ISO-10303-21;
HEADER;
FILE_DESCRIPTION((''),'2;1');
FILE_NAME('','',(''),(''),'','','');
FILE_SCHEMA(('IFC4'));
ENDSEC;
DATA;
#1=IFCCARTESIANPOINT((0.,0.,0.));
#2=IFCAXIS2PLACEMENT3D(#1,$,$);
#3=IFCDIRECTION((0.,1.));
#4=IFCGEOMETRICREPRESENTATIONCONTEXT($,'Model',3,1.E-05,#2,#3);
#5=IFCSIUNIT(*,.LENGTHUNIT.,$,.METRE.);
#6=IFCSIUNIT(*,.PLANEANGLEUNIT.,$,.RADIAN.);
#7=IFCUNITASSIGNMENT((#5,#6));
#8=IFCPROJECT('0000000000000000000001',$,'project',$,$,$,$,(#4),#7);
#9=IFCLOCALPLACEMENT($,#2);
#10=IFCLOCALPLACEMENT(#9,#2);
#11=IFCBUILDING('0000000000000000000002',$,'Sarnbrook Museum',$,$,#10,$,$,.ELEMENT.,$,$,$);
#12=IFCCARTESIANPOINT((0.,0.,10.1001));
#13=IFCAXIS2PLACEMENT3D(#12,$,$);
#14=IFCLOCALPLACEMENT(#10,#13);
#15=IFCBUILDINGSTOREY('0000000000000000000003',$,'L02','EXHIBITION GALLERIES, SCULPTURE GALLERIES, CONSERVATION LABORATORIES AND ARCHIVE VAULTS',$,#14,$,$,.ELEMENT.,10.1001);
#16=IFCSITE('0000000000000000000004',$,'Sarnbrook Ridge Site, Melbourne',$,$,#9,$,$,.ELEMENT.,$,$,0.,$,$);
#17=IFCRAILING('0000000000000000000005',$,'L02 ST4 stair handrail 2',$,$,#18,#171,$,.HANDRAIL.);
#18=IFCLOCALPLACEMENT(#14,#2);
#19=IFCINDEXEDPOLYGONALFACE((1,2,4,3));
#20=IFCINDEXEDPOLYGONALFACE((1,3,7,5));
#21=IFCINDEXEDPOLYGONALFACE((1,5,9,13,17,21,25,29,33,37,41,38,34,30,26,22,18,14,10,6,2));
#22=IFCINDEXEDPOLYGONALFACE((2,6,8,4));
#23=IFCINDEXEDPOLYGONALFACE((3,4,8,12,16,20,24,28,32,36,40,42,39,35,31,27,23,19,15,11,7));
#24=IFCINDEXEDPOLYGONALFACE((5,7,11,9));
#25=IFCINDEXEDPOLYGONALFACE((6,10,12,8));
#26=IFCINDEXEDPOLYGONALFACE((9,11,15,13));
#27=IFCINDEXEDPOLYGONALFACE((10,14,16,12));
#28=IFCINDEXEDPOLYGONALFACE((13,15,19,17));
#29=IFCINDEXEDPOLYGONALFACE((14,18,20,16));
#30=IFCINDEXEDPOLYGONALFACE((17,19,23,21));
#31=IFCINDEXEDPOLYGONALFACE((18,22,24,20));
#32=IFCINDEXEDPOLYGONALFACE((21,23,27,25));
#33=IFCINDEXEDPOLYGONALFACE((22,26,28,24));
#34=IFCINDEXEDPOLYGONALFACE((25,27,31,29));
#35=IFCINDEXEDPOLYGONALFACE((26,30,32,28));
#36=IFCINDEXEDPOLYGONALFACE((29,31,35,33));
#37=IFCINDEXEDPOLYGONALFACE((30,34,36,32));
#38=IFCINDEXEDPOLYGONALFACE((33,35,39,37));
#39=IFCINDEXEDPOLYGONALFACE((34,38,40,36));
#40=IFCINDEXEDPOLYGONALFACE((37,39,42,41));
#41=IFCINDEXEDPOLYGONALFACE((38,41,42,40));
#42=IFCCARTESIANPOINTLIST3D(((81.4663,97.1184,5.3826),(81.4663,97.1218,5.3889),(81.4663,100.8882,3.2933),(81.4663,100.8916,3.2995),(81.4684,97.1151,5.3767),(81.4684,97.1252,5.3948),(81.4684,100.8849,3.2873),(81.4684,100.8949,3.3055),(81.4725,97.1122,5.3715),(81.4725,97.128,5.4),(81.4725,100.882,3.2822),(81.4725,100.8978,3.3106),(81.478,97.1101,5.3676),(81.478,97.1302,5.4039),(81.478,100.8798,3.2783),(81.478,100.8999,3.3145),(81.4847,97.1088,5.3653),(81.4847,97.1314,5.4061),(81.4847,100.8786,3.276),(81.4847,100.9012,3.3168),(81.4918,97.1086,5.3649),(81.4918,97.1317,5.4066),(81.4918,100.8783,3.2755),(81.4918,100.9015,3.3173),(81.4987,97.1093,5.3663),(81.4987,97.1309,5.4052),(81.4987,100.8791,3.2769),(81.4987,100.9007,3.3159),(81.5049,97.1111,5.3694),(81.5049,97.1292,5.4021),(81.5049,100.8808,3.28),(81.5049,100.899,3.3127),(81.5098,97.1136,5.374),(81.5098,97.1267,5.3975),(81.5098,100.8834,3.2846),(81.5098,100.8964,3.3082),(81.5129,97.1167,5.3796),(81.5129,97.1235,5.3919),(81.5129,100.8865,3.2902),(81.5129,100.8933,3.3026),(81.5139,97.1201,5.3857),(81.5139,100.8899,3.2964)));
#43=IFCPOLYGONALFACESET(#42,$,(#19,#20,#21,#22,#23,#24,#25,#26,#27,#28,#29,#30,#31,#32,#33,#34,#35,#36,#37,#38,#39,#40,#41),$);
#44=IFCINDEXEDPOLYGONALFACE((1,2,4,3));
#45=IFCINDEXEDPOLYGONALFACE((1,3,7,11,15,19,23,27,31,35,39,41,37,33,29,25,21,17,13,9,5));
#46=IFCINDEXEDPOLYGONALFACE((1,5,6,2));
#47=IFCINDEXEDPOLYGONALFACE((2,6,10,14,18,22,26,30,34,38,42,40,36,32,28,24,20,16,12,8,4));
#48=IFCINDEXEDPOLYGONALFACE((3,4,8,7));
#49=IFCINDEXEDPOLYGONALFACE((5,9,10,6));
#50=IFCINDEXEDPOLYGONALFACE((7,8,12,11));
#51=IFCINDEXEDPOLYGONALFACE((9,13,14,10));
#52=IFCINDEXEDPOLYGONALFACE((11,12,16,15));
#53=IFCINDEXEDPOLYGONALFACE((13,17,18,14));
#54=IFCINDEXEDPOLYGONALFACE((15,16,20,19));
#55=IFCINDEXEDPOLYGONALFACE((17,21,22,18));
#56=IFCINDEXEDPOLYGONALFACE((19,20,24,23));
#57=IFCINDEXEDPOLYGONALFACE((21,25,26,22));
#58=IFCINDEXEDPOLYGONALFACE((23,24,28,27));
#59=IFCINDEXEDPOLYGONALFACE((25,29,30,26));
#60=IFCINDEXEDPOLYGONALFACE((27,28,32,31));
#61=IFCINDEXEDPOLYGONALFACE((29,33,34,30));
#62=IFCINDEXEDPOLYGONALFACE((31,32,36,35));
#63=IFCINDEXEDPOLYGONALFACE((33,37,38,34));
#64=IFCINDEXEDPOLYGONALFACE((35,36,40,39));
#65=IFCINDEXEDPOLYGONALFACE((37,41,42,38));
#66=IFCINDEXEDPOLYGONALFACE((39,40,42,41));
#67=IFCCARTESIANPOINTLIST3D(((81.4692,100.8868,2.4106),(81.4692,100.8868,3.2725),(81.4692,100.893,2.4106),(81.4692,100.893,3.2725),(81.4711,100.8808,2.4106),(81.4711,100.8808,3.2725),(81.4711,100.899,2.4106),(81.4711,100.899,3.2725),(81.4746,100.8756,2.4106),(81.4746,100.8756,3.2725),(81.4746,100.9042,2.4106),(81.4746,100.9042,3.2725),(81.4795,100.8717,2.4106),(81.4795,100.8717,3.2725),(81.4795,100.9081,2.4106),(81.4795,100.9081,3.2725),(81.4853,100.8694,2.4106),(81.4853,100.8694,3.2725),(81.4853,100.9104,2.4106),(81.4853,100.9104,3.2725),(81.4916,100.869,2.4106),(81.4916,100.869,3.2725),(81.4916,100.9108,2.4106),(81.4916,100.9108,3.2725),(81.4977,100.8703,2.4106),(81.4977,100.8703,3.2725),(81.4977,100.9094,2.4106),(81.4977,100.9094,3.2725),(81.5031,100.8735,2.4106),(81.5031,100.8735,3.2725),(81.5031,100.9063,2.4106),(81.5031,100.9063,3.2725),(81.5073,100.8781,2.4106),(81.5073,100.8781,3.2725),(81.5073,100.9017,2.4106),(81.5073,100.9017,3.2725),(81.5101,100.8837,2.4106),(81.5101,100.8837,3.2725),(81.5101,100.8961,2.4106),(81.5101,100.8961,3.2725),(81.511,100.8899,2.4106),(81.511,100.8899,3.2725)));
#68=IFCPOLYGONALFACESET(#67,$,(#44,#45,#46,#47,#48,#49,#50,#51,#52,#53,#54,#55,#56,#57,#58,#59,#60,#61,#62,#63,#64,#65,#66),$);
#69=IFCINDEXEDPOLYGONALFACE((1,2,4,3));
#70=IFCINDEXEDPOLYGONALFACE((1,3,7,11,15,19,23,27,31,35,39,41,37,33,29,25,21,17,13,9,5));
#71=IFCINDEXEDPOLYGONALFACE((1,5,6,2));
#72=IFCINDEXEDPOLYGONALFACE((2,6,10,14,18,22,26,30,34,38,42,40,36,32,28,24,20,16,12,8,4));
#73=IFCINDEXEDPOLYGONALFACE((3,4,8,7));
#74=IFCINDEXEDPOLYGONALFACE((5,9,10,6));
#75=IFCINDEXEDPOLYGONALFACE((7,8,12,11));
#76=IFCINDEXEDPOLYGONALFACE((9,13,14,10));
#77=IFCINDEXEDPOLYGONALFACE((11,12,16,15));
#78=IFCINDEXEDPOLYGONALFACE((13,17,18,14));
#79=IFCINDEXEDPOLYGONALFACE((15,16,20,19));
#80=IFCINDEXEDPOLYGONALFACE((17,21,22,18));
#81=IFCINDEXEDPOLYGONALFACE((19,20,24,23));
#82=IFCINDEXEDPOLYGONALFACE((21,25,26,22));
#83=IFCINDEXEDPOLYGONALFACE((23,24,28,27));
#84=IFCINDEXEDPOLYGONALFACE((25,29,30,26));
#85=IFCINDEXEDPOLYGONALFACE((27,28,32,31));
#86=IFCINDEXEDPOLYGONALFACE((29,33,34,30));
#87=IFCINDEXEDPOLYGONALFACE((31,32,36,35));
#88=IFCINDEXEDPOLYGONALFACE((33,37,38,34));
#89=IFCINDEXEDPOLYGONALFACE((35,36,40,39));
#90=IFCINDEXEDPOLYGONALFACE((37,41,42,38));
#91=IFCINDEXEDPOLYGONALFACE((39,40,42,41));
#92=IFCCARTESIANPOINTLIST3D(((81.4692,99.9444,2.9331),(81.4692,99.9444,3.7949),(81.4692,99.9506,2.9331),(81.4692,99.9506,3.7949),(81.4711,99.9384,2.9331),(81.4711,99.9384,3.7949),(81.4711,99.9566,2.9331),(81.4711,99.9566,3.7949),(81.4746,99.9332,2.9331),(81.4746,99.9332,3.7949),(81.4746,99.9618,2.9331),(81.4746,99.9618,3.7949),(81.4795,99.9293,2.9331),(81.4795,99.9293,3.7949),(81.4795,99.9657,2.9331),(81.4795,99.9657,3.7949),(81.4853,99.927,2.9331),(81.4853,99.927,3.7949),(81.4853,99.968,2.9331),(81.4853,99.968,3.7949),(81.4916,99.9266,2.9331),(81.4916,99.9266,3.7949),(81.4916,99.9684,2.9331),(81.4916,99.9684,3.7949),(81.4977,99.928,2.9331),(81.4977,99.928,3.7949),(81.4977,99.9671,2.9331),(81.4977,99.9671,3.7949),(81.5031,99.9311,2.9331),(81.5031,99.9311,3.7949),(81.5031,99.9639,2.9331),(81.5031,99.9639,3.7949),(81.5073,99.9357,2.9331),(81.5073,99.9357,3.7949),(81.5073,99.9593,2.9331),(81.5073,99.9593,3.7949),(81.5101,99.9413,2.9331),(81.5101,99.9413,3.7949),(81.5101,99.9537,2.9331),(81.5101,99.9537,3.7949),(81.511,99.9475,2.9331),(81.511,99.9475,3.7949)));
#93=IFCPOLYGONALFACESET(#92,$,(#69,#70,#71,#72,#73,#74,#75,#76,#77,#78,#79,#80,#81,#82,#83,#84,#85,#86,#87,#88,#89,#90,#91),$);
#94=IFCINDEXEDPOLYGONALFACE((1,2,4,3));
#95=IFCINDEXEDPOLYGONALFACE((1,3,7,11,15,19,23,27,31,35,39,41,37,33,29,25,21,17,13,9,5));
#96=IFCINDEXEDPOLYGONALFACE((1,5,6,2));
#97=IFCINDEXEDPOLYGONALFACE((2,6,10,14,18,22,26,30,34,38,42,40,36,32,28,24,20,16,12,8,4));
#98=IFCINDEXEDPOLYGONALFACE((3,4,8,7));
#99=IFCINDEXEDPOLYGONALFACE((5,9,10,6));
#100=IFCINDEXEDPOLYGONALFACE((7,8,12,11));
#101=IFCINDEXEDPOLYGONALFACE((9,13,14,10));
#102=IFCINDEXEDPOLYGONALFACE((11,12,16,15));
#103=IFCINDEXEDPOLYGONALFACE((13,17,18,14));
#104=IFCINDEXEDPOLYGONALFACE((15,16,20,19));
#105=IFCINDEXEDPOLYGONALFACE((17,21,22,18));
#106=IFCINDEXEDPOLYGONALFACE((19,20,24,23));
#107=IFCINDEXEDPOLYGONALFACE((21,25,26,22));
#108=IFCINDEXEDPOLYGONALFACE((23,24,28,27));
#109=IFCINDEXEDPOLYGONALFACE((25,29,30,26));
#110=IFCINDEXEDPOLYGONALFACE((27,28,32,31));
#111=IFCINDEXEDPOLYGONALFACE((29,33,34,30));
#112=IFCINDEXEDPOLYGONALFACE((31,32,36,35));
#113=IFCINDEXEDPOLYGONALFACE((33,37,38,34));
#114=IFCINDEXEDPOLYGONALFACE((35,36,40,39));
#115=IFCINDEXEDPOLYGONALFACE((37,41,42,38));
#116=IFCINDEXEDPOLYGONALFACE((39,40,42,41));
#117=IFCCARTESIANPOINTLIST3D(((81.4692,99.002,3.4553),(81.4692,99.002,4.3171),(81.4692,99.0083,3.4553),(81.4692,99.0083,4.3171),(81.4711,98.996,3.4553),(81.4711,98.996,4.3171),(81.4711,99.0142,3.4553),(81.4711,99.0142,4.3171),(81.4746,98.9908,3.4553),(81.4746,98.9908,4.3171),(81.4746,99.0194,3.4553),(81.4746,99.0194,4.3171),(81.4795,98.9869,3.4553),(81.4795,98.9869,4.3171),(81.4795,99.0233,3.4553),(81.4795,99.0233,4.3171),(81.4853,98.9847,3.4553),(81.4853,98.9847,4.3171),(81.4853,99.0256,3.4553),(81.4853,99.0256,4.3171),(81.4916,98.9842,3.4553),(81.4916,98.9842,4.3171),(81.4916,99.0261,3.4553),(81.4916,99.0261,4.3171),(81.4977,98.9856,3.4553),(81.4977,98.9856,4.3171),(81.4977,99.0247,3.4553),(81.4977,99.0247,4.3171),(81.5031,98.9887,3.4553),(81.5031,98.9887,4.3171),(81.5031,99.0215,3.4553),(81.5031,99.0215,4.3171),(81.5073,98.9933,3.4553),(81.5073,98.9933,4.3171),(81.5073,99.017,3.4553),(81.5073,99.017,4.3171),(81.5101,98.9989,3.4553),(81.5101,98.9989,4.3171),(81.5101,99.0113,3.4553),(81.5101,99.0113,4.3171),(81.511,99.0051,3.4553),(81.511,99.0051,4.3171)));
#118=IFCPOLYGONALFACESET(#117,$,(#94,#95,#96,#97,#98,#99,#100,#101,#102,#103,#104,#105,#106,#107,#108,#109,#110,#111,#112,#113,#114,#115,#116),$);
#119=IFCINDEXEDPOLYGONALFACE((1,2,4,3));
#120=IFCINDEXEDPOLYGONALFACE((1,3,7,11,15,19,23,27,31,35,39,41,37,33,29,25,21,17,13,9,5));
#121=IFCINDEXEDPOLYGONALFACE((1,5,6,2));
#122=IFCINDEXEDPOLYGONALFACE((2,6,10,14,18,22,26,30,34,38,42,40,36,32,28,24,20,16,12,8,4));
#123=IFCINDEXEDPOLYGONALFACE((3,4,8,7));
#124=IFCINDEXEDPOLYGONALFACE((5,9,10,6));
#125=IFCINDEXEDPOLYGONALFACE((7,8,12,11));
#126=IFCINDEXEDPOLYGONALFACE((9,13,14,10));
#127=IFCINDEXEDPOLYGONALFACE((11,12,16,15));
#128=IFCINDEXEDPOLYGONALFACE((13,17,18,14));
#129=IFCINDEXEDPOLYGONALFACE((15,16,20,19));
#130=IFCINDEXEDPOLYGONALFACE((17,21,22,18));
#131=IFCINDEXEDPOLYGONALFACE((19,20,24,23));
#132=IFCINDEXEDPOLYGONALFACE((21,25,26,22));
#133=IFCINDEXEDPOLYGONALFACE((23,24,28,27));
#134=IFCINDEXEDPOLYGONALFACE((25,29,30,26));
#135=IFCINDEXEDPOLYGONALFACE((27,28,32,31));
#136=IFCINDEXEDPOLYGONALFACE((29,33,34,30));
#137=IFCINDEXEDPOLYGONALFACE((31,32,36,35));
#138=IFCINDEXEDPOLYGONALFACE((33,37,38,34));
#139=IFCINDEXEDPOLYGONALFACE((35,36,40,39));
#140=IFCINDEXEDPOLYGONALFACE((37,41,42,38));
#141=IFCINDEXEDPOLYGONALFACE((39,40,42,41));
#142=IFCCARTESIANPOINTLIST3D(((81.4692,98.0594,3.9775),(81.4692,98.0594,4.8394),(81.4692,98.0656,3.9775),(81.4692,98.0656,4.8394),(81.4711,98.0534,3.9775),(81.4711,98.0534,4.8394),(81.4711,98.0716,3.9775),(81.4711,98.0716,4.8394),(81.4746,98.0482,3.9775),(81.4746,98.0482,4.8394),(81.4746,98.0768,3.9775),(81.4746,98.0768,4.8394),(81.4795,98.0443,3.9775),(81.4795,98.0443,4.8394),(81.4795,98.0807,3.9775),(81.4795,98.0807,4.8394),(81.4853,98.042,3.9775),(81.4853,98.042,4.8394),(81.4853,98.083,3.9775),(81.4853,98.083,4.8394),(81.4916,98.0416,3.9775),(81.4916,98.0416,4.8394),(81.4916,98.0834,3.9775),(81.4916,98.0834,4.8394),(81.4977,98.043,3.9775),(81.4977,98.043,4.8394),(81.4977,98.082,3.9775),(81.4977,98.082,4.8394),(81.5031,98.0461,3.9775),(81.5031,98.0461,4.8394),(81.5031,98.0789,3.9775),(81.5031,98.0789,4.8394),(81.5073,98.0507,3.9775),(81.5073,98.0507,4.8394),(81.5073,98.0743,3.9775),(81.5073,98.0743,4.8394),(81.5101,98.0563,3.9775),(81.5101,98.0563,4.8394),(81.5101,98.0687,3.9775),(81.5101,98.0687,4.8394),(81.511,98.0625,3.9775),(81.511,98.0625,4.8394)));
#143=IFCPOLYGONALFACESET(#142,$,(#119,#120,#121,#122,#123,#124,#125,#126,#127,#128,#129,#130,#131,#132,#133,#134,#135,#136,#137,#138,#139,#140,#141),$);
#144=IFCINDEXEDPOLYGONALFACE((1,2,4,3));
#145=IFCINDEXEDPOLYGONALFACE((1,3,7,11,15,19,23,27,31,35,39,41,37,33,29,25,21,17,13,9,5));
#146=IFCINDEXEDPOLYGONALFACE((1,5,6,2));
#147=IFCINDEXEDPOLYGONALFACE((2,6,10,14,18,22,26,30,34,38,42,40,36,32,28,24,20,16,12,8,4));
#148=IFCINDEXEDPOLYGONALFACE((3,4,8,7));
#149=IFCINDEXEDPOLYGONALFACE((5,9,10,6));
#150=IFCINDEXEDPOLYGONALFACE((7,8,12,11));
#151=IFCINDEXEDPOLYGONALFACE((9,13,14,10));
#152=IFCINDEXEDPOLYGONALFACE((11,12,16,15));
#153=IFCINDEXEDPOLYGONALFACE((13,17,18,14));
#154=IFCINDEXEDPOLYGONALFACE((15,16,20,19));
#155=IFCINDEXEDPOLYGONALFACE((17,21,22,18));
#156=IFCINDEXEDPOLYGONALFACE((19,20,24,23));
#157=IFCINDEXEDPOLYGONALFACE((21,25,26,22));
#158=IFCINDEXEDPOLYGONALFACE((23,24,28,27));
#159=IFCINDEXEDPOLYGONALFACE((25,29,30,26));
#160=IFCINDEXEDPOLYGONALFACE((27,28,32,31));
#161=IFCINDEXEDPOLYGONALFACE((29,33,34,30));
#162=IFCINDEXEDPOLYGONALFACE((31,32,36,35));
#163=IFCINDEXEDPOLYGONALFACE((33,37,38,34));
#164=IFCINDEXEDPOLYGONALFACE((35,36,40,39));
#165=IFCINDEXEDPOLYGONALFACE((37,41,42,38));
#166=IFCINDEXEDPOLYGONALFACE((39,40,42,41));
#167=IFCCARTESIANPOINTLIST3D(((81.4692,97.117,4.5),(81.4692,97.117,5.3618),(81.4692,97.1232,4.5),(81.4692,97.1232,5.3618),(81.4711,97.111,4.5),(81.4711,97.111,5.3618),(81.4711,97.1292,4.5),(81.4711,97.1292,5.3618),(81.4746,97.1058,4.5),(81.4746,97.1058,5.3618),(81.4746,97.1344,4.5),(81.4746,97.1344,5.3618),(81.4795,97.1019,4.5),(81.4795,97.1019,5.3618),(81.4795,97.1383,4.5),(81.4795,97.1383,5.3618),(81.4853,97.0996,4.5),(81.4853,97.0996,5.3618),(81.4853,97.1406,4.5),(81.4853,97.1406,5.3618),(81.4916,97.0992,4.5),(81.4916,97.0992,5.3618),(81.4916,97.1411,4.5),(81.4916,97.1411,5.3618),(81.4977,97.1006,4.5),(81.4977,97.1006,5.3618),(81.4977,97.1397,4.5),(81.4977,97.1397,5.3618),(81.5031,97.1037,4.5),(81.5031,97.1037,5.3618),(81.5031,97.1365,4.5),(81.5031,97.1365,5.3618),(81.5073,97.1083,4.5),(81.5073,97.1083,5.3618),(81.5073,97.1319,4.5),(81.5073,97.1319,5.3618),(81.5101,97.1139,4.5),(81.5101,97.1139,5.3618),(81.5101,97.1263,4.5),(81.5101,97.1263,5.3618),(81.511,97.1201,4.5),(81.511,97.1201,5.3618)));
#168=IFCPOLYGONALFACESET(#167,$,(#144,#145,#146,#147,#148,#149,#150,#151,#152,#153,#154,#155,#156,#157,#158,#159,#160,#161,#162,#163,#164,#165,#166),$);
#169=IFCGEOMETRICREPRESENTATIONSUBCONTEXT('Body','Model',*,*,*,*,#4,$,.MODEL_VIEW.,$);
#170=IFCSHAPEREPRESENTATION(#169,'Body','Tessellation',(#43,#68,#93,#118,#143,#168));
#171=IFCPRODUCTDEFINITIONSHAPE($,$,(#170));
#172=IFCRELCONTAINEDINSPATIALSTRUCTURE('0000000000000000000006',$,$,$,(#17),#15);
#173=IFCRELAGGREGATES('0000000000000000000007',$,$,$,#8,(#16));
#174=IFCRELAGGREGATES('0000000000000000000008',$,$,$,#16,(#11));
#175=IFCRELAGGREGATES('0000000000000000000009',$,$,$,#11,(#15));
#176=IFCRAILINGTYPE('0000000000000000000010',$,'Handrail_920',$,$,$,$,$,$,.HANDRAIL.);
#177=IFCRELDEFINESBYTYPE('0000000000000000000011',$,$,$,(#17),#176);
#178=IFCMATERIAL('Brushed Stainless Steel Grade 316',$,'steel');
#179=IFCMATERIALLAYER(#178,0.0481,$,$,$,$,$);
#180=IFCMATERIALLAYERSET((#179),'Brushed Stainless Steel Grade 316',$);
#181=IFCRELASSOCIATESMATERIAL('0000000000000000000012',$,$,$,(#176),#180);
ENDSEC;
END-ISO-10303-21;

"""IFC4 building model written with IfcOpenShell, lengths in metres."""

from ifc_helpers import new_model, si_unit, direction, frame, origin, origin_2d, place, context, subcontext, project, spatial, circle, extrude, material, layer, layer_set, type_object, element, save


model = new_model("IFC4")

# Units and contexts
model_context = context("Model", 3, precision=1e-05, world=origin(), true_north=direction((0.0, 1.0)))
body_context = subcontext(model_context, "Body", "Model", "MODEL_VIEW")
ifc_project = project(units=[si_unit("LENGTHUNIT", "METRE"), si_unit("PLANEANGLEUNIT", "RADIAN")], contexts=[model_context])

# Site, building, storey
site_placement = place(None, origin())
site = spatial("IfcSite", under=ifc_project, at=site_placement, Name="Sarnbrook Ridge Site, Melbourne", CompositionType="ELEMENT", RefElevation=0.0)
building_placement = place(site_placement, origin())
building = spatial("IfcBuilding", under=site, at=building_placement, Name="Sarnbrook Museum", CompositionType="ELEMENT")
storey_placement = place(building_placement, frame((0.0, 0.0, 10.1001)))
storey = spatial("IfcBuildingStorey", under=building, at=storey_placement, Name="L02", Description="EXHIBITION GALLERIES, SCULPTURE GALLERIES, CONSERVATION LABORATORIES AND ARCHIVE VAULTS", CompositionType="ELEMENT", Elevation=10.1001)

# Shared definitions
ifc_material_1 = material(Name="Brushed Stainless Steel Grade 316", Category="steel")

# Railing
ifc_layer_1 = layer(ifc_material_1, 0.0481)
ifc_layer_set_1 = layer_set([ifc_layer_1], Name="Brushed Stainless Steel Grade 316")
railing_type_1 = type_object("IfcRailingType", Name="Handrail_920", PredefinedType="HANDRAIL", material=ifc_layer_set_1)
railing_1_placement = place(storey_placement, frame((81.49, 100.8899, 2.4106)))
element("IfcRailing", 1, at=railing_1_placement, inside=storey, type_object=railing_type_1, Name="L02 ST4 stair handrail 2", PredefinedType="HANDRAIL", context=body_context, shape_type="SweptSolid", body=[
    extrude(circle(Radius=0.0239, at=origin_2d()), frame((0.0, 0.0, 0.8857), z_axis=(0.0, -0.874646, 0.484763), x_axis=(1.0, 0.0, 0.0)), (0.0, 0.0, 1.0), 4.3101),
    extrude(circle(Radius=0.021, at=origin_2d()), origin(), (0.0, 0.0, 1.0), 0.8618),
    extrude(circle(Radius=0.021, at=origin_2d()), frame((0.0, -0.9424, 0.5225)), (0.0, 0.0, 1.0), 0.8618),
    extrude(circle(Radius=0.021, at=origin_2d()), frame((0.0, -1.8848, 1.0447)), (0.0, 0.0, 1.0), 0.8618),
    extrude(circle(Radius=0.021, at=origin_2d()), frame((0.0, -2.8274, 1.5669)), (0.0, 0.0, 1.0), 0.8618),
    extrude(circle(Radius=0.021, at=origin_2d()), frame((0.0, -3.7698, 2.0894)), (0.0, 0.0, 1.0), 0.8618),
])

save(model, "model.ifc")
